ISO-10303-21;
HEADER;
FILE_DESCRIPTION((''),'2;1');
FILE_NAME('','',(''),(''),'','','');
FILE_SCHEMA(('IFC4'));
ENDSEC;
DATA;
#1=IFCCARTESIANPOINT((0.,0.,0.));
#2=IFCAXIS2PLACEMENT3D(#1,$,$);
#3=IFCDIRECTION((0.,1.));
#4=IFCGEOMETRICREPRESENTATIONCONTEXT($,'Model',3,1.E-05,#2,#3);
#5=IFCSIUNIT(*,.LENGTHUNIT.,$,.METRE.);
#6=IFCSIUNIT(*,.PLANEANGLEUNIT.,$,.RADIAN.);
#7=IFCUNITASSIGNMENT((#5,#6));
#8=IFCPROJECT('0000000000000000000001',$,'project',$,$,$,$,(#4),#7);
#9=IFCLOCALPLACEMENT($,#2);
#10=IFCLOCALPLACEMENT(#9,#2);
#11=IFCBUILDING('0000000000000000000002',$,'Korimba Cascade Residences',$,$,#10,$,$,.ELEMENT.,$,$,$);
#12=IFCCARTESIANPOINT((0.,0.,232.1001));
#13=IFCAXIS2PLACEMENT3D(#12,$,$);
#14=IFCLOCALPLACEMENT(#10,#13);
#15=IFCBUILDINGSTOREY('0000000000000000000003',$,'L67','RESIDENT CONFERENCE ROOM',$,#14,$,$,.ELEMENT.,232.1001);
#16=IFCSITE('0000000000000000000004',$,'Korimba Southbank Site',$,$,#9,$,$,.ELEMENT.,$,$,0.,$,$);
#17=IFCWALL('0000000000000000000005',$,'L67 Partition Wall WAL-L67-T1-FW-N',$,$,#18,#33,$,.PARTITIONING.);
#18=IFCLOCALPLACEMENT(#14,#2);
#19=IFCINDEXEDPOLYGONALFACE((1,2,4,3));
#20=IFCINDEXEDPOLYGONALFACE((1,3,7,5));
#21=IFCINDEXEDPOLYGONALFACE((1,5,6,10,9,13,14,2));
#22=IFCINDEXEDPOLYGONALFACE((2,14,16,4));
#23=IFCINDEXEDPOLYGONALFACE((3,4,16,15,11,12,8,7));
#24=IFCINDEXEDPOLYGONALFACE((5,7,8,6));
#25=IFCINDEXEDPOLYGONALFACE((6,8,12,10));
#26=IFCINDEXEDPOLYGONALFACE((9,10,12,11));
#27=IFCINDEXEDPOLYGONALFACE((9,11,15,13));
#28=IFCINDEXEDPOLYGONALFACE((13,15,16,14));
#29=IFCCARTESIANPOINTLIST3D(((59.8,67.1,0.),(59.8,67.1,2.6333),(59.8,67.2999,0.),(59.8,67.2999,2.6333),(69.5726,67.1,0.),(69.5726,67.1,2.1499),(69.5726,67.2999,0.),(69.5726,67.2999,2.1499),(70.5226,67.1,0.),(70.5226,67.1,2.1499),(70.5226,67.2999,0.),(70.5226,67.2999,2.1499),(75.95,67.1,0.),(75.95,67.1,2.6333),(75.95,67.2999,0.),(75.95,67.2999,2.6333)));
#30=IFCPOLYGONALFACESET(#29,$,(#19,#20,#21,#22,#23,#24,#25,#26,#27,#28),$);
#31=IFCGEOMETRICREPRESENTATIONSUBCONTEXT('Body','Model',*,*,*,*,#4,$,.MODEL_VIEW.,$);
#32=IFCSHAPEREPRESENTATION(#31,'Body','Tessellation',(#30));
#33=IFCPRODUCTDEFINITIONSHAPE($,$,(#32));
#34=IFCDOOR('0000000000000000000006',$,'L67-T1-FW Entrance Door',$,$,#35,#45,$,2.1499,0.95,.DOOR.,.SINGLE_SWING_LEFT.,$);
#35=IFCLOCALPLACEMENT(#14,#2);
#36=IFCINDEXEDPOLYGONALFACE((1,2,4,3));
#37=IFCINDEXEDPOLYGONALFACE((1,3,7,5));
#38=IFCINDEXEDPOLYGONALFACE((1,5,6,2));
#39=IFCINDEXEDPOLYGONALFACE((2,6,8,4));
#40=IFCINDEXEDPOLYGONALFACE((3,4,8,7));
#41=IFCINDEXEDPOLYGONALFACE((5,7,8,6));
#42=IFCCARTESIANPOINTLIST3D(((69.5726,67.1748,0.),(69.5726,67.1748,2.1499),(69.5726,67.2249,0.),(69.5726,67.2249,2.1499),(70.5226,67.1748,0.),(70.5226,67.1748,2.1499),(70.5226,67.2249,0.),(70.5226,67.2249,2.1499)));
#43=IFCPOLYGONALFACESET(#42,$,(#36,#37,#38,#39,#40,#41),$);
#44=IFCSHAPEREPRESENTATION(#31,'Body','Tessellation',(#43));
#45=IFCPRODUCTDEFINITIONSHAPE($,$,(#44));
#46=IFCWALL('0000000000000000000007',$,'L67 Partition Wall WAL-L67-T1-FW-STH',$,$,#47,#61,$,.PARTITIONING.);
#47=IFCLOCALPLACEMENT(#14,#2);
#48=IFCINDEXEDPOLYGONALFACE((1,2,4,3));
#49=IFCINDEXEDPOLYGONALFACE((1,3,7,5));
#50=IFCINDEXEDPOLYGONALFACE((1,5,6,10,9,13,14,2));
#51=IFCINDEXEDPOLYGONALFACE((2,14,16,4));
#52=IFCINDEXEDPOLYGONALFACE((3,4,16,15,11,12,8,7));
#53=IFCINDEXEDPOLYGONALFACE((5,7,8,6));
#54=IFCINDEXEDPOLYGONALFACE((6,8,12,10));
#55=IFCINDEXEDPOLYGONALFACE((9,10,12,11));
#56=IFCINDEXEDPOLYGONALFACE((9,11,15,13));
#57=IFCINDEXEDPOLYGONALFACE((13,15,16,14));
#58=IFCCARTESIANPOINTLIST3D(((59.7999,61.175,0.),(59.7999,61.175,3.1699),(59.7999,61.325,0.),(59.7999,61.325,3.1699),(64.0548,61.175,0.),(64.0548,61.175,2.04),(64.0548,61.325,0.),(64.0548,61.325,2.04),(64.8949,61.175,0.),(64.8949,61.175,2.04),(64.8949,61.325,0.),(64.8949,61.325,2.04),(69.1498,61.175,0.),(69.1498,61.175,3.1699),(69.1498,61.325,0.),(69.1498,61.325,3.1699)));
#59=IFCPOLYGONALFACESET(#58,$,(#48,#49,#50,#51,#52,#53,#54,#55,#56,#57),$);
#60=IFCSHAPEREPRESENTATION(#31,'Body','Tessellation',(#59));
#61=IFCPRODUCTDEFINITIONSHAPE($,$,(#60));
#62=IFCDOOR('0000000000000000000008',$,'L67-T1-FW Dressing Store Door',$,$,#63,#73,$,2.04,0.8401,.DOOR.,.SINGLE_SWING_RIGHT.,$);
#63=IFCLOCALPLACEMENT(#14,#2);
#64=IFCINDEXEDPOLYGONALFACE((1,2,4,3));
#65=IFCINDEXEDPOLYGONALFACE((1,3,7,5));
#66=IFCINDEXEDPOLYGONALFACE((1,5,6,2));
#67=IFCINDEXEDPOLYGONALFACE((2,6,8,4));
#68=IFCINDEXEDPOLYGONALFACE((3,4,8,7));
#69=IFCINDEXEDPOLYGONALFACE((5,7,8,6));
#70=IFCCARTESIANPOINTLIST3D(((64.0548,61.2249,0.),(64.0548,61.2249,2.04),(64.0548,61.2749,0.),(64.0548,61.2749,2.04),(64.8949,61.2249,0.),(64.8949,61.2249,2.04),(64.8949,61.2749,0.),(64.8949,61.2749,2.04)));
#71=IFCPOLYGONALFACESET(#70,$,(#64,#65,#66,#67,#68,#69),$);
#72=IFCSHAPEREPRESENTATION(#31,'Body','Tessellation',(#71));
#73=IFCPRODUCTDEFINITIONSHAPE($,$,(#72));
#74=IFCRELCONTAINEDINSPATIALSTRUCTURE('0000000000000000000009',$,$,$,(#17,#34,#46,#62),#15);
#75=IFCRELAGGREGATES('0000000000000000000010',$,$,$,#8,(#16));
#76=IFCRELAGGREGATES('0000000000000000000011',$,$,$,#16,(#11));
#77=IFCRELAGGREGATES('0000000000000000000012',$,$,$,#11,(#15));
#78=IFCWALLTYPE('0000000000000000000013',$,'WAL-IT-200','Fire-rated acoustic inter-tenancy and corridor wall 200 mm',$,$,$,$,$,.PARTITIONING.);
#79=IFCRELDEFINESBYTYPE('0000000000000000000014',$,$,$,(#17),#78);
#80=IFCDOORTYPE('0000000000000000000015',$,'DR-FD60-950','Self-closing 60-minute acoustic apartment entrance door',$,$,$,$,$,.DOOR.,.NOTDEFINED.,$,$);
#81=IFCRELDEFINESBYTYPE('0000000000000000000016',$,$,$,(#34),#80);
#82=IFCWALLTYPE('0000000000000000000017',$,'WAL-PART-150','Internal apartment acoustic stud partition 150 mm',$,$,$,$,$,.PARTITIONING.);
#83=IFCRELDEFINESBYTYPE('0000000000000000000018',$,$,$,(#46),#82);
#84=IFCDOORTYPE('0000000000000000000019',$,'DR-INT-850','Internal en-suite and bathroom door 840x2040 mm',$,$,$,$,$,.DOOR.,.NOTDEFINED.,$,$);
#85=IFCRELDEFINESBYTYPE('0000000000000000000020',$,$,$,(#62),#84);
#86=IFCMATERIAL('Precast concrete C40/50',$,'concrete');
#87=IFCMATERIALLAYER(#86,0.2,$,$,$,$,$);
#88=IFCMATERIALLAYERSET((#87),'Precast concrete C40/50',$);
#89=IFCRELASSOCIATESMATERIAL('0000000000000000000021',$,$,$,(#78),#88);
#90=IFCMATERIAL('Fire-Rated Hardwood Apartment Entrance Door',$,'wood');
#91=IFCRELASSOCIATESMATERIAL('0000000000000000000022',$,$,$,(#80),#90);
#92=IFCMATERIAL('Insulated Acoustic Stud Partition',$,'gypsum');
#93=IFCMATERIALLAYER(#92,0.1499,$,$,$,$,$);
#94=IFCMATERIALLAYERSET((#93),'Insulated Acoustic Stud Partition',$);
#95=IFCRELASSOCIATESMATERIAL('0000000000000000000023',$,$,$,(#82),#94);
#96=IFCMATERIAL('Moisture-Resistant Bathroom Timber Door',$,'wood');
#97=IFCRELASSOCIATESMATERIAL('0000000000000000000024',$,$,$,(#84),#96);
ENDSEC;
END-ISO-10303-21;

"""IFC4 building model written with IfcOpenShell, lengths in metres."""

from ifc_helpers import new_model, si_unit, direction, frame, frame_2d, origin, place, context, subcontext, project, spatial, rectangle, extrude, material, layer, layer_set, type_object, element, fill, save


model = new_model("IFC4")

# Units and contexts
model_context = context("Model", 3, precision=1e-05, world=origin(), true_north=direction((0.0, 1.0)))
body_context = subcontext(model_context, "Body", "Model", "MODEL_VIEW")
ifc_project = project(units=[si_unit("LENGTHUNIT", "METRE"), si_unit("PLANEANGLEUNIT", "RADIAN")], contexts=[model_context])

# Site, building, storey
site_placement = place(None, origin())
site = spatial("IfcSite", under=ifc_project, at=site_placement, Name="Korimba Southbank Site", CompositionType="ELEMENT", RefElevation=0.0)
building_placement = place(site_placement, origin())
building = spatial("IfcBuilding", under=site, at=building_placement, Name="Korimba Cascade Residences", CompositionType="ELEMENT")
storey_placement = place(building_placement, frame((0.0, 0.0, 232.1001)))
storey = spatial("IfcBuildingStorey", under=building, at=storey_placement, Name="L67", Description="RESIDENT CONFERENCE ROOM", CompositionType="ELEMENT", Elevation=232.1001)

# Shared definitions
ifc_material_1 = material(Name="Precast concrete C40/50", Category="concrete")

# Shared definitions
ifc_layer_1 = layer(ifc_material_1, 0.2)
ifc_layer_set_1 = layer_set([ifc_layer_1], Name="Precast concrete C40/50")
wall_type_1 = type_object("IfcWallType", Name="WAL-IT-200", Description="Fire-rated acoustic inter-tenancy and corridor wall 200 mm", PredefinedType="PARTITIONING", material=ifc_layer_set_1)

# Walls, openings, doors
wall_1_placement = place(storey_placement, frame((59.8, 67.2, 0.0), z_axis=(0.0, 0.0, 1.0), x_axis=(1.0, 0.0, 0.0)))
wall_1 = element("IfcWall", 1, at=wall_1_placement, inside=storey, type_object=wall_type_1, Name="L67 Partition Wall WAL-L67-T1-FW-N", PredefinedType="PARTITIONING", context=body_context, shape_type="SweptSolid", body=[
    extrude(rectangle(XDim=16.1499, YDim=0.2, at=frame_2d((8.075, 0.0))), origin(), (0.0, 0.0, 1.0), 2.6333),
])
opening_1_placement = place(wall_1_placement, frame((9.7725, 0.0, 0.0)))
opening_1 = element("IfcOpeningElement", 2, at=opening_1_placement, cuts=wall_1, PredefinedType="OPENING", context=body_context, shape_type="SweptSolid", body=[
    extrude(rectangle(XDim=0.95, YDim=2.1499, at=frame_2d((0.4751, 1.075))), frame((0.0, 0.1099, 0.0), z_axis=(0.0, -1.0, 0.0), x_axis=(1.0, 0.0, 0.0)), (0.0, 0.0, 1.0), 0.22),
])
ifc_material_2 = material(Name="Fire-Rated Hardwood Apartment Entrance Door", Category="wood")
door_type_1 = type_object("IfcDoorType", Name="DR-FD60-950", Description="Self-closing 60-minute acoustic apartment entrance door", OperationType="NOTDEFINED", PredefinedType="DOOR", material=ifc_material_2)
door_1_placement = place(opening_1_placement, origin())
door_1 = element("IfcDoor", 3, at=door_1_placement, inside=storey, type_object=door_type_1, Name="L67-T1-FW Entrance Door", OperationType="SINGLE_SWING_LEFT", OverallHeight=2.1499, OverallWidth=0.95, PredefinedType="DOOR", context=body_context, shape_type="SweptSolid", body=[
    extrude(rectangle(XDim=0.95, YDim=2.1499, at=frame_2d((0.4751, 1.075))), frame((0.0, 0.0249, 0.0), z_axis=(0.0, -1.0, 0.0), x_axis=(1.0, 0.0, 0.0)), (0.0, 0.0, 1.0), 0.05),
])
fill(opening_1, door_1)
ifc_material_3 = material(Name="Insulated Acoustic Stud Partition", Category="gypsum")
ifc_layer_2 = layer(ifc_material_3, 0.1499)
ifc_layer_set_2 = layer_set([ifc_layer_2], Name="Insulated Acoustic Stud Partition")
wall_type_2 = type_object("IfcWallType", Name="WAL-PART-150", Description="Internal apartment acoustic stud partition 150 mm", PredefinedType="PARTITIONING", material=ifc_layer_set_2)
wall_2_placement = place(storey_placement, frame((59.8, 61.25, 0.0), z_axis=(0.0, 0.0, 1.0), x_axis=(1.0, 0.0, 0.0)))
wall_2 = element("IfcWall", 4, at=wall_2_placement, inside=storey, type_object=wall_type_2, Name="L67 Partition Wall WAL-L67-T1-FW-STH", PredefinedType="PARTITIONING", context=body_context, shape_type="SweptSolid", body=[
    extrude(rectangle(XDim=9.3499, YDim=0.1499, at=frame_2d((4.6748, 0.0))), origin(), (0.0, 0.0, 1.0), 3.1699),
])
opening_2_placement = place(wall_2_placement, frame((4.2549, 0.0, 0.0)))
opening_2 = element("IfcOpeningElement", 5, at=opening_2_placement, cuts=wall_2, PredefinedType="OPENING", context=body_context, shape_type="SweptSolid", body=[
    extrude(rectangle(XDim=0.8401, YDim=2.04, at=frame_2d((0.4199, 1.02))), frame((0.0, 0.085, 0.0), z_axis=(0.0, -1.0, 0.0), x_axis=(1.0, 0.0, 0.0)), (0.0, 0.0, 1.0), 0.1699),
])
ifc_material_4 = material(Name="Moisture-Resistant Bathroom Timber Door", Category="wood")
door_type_2 = type_object("IfcDoorType", Name="DR-INT-850", Description="Internal en-suite and bathroom door 840x2040 mm", OperationType="NOTDEFINED", PredefinedType="DOOR", material=ifc_material_4)
door_2_placement = place(opening_2_placement, origin())
door_2 = element("IfcDoor", 6, at=door_2_placement, inside=storey, type_object=door_type_2, Name="L67-T1-FW Dressing Store Door", OperationType="SINGLE_SWING_RIGHT", OverallHeight=2.04, OverallWidth=0.8401, PredefinedType="DOOR", context=body_context, shape_type="SweptSolid", body=[
    extrude(rectangle(XDim=0.8401, YDim=2.04, at=frame_2d((0.4199, 1.02))), frame((0.0, 0.0249, 0.0), z_axis=(0.0, -1.0, 0.0), x_axis=(1.0, 0.0, 0.0)), (0.0, 0.0, 1.0), 0.05),
])
fill(opening_2, door_2)

save(model, "model.ifc")
